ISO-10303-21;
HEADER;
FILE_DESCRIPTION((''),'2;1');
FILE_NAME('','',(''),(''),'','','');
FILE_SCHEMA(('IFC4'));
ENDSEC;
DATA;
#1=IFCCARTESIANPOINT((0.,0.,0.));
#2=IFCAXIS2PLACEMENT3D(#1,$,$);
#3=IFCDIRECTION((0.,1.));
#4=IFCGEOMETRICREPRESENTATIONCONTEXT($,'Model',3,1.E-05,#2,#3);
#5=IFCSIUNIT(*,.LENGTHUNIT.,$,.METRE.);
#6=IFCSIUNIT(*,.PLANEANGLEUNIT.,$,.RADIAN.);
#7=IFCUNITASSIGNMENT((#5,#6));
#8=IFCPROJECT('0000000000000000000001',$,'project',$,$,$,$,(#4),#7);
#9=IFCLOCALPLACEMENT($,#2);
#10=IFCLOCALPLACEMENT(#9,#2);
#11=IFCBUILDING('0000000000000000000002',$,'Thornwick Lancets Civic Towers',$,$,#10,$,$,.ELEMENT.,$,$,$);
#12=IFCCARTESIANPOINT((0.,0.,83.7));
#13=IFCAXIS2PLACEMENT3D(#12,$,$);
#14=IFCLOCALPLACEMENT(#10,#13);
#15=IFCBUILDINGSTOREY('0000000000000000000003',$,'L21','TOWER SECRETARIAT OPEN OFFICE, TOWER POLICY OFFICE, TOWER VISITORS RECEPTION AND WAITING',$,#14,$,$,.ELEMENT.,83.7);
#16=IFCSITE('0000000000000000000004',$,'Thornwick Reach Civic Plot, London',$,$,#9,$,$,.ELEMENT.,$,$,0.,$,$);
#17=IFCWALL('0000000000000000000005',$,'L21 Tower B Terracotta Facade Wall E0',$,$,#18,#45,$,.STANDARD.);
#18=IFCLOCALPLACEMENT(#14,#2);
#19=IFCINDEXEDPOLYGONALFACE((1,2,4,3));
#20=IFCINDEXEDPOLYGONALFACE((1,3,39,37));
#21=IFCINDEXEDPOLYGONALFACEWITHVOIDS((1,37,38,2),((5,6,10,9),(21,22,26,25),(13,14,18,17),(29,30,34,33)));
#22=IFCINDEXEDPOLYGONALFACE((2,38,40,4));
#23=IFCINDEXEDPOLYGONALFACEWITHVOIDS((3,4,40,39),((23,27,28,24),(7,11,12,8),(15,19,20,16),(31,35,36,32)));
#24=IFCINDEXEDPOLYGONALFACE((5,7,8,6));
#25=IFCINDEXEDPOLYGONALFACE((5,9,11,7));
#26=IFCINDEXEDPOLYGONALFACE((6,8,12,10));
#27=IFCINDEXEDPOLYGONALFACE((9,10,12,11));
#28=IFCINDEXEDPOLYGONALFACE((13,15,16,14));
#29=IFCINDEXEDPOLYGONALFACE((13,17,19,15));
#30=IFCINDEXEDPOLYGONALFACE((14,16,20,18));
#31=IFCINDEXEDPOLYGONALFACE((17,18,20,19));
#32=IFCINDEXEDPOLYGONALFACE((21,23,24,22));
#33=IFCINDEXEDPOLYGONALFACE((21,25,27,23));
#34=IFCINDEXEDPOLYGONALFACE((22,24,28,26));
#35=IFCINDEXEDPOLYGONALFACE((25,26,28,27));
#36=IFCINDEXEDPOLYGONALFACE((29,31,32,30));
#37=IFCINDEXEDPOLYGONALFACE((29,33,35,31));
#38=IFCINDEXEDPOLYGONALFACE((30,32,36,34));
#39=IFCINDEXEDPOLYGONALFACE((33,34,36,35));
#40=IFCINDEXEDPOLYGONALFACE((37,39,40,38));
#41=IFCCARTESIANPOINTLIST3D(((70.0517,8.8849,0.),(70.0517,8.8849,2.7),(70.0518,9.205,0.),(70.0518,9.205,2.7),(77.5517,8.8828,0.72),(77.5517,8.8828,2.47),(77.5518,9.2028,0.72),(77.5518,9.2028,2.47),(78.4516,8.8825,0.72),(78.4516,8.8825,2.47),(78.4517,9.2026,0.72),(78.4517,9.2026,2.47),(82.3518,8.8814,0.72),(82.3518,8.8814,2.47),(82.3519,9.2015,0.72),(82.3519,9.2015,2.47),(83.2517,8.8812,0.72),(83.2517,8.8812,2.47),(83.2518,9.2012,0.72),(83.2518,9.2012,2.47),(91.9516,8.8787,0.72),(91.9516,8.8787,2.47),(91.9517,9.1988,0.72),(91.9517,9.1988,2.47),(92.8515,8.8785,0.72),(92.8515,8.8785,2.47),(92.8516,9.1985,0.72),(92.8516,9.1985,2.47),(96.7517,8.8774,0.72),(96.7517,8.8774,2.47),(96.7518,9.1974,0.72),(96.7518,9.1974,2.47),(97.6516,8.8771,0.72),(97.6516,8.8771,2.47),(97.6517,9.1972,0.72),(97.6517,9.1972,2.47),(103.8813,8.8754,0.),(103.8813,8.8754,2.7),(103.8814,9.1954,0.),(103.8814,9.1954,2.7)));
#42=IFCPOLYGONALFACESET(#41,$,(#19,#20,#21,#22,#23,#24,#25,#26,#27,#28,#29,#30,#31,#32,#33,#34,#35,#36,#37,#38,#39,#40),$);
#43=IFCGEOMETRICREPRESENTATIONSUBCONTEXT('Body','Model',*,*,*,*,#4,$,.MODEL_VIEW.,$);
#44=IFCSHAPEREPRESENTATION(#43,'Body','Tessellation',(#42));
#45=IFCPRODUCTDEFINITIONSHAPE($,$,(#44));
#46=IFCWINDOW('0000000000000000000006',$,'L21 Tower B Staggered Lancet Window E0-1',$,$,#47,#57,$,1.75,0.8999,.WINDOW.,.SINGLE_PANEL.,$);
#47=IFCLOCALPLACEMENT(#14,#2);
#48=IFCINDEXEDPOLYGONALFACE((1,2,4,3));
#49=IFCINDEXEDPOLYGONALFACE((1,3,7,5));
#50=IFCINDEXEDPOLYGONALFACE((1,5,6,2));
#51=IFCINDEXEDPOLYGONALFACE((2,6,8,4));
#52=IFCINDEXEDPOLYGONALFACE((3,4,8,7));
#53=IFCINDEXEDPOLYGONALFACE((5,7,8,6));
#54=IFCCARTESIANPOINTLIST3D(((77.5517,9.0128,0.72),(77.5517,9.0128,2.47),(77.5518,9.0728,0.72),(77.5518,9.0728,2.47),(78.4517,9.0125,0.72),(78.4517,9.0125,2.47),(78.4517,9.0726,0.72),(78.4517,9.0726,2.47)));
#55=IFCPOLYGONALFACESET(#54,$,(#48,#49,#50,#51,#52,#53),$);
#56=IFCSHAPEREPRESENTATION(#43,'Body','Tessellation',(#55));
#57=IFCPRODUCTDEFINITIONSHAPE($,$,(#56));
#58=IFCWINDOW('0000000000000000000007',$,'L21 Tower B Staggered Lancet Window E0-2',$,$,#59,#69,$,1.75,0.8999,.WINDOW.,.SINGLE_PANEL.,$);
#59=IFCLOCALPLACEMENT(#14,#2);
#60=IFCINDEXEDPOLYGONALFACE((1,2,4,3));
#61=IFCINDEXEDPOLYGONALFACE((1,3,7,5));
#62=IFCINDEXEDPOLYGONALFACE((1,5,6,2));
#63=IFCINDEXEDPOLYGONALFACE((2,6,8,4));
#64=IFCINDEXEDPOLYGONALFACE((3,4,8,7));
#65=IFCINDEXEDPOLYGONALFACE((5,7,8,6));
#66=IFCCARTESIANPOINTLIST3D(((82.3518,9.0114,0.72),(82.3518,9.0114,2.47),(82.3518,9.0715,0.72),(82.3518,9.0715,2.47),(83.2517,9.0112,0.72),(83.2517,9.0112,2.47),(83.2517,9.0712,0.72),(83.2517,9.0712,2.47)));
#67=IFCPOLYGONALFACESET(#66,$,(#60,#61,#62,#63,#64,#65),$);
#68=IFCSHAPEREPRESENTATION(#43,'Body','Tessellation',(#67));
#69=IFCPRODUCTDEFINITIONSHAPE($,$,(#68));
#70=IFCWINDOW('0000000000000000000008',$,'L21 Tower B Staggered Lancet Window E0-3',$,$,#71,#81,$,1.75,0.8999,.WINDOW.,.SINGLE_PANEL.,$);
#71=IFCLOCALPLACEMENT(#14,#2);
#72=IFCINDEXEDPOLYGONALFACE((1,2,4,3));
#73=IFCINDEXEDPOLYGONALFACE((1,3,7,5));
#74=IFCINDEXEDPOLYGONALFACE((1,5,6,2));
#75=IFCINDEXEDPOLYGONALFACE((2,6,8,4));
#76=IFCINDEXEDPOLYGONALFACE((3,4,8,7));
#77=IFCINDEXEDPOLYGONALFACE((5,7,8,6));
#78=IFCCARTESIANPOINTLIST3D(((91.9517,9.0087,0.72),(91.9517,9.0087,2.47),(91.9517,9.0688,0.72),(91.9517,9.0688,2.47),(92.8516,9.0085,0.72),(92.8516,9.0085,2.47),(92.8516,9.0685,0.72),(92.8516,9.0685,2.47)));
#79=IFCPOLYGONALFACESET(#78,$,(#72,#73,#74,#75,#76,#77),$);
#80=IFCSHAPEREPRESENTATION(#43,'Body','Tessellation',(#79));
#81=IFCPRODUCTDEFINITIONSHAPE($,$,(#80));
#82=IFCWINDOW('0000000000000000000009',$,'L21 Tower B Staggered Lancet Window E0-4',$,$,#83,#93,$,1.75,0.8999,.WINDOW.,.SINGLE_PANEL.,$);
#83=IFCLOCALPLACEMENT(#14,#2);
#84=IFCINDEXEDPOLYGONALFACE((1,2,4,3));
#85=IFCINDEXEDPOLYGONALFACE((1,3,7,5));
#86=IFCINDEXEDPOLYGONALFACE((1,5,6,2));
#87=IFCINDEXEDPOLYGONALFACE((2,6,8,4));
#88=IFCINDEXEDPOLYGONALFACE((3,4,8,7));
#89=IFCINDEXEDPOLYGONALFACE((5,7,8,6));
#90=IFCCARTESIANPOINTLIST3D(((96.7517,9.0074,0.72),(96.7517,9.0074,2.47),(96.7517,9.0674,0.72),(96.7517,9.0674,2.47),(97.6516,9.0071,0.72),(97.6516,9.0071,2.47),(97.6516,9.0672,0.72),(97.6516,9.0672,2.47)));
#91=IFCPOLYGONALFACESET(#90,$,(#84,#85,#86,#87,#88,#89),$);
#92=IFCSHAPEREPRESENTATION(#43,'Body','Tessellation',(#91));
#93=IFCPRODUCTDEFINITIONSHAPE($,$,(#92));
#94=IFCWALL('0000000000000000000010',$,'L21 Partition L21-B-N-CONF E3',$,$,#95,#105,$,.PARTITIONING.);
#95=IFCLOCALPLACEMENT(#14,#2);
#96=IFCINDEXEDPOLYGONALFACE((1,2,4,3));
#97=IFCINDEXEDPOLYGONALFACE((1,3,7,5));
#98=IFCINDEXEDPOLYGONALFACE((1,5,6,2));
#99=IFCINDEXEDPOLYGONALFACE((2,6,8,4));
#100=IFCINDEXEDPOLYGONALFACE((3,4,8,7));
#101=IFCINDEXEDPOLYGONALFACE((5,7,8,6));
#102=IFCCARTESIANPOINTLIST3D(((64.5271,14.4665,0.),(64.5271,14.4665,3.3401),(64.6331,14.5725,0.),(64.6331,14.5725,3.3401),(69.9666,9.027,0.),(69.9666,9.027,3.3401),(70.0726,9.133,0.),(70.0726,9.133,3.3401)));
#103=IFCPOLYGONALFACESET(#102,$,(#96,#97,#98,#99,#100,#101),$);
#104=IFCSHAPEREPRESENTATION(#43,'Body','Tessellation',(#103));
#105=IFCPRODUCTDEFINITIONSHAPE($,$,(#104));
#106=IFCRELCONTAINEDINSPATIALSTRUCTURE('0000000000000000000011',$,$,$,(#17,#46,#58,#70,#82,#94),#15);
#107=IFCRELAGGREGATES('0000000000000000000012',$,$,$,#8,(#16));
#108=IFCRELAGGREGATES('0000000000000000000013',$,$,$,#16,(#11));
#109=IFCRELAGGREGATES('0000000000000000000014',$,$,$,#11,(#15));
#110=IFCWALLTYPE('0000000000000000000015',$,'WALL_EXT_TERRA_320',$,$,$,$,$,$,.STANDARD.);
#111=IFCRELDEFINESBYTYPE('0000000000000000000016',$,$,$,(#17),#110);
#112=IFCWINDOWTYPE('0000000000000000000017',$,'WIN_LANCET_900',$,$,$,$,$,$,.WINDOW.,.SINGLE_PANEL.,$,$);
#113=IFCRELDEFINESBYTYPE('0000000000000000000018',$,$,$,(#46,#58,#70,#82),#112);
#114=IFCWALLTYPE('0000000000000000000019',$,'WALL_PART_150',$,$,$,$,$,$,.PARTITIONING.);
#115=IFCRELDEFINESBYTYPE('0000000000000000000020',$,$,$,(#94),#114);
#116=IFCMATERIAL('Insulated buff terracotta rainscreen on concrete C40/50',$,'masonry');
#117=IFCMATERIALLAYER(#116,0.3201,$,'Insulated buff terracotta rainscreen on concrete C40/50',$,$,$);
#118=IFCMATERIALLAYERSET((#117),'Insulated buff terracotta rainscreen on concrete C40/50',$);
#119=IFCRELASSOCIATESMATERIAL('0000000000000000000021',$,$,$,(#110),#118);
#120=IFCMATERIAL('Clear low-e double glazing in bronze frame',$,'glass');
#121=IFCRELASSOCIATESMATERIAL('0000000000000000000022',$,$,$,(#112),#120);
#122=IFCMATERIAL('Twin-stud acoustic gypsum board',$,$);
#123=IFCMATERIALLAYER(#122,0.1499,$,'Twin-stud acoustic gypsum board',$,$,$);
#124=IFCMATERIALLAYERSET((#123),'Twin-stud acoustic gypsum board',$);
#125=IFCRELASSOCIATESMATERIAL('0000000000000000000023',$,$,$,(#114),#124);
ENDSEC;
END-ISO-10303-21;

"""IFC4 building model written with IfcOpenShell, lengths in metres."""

from ifc_helpers import new_model, si_unit, direction, frame, frame_2d, origin, place, context, subcontext, project, spatial, rectangle, extrude, material, layer, layer_set, type_object, element, fill, save


model = new_model("IFC4")

# Units and contexts
model_context = context("Model", 3, precision=1e-05, world=origin(), true_north=direction((0.0, 1.0)))
body_context = subcontext(model_context, "Body", "Model", "MODEL_VIEW")
ifc_project = project(units=[si_unit("LENGTHUNIT", "METRE"), si_unit("PLANEANGLEUNIT", "RADIAN")], contexts=[model_context])

# Site, building, storey
site_placement = place(None, origin())
site = spatial("IfcSite", under=ifc_project, at=site_placement, Name="Thornwick Reach Civic Plot, London", CompositionType="ELEMENT", RefElevation=0.0)
building_placement = place(site_placement, origin())
building = spatial("IfcBuilding", under=site, at=building_placement, Name="Thornwick Lancets Civic Towers", CompositionType="ELEMENT")
storey_placement = place(building_placement, frame((0.0, 0.0, 83.7)))
storey = spatial("IfcBuildingStorey", under=building, at=storey_placement, Name="L21", Description="TOWER SECRETARIAT OPEN OFFICE, TOWER POLICY OFFICE, TOWER VISITORS RECEPTION AND WAITING", CompositionType="ELEMENT", Elevation=83.7)

# Wall, openings, windows
ifc_material_1 = material(Name="Insulated buff terracotta rainscreen on concrete C40/50", Category="masonry")
ifc_layer_1 = layer(ifc_material_1, 0.3201, Name="Insulated buff terracotta rainscreen on concrete C40/50")
ifc_layer_set_1 = layer_set([ifc_layer_1], Name="Insulated buff terracotta rainscreen on concrete C40/50")
wall_type_1 = type_object("IfcWallType", Name="WALL_EXT_TERRA_320", PredefinedType="STANDARD", material=ifc_layer_set_1)
ifc_material_2 = material(Name="Clear low-e double glazing in bronze frame", Category="glass")
window_type = type_object("IfcWindowType", Name="WIN_LANCET_900", PartitioningType="SINGLE_PANEL", PredefinedType="WINDOW", material=ifc_material_2)
wall_1_placement = place(storey_placement, frame((70.0518, 9.0449, 0.0), z_axis=(0.0, 0.0, 1.0), x_axis=(1.0, -0.000281, 0.0)))
wall_1 = element("IfcWall", 1, at=wall_1_placement, inside=storey, type_object=wall_type_1, Name="L21 Tower B Terracotta Facade Wall E0", PredefinedType="STANDARD", context=body_context, shape_type="SweptSolid", body=[
    extrude(rectangle(XDim=33.8296, YDim=0.3201, at=frame_2d((16.9148, 0.0))), origin(), (0.0, 0.0, 1.0), 2.7),
])
opening_1_placement = place(wall_1_placement, frame((7.5, 0.0, 0.72)))
opening_1 = element("IfcOpeningElement", 2, at=opening_1_placement, cuts=wall_1, PredefinedType="OPENING", context=body_context, shape_type="SweptSolid", body=[
    extrude(rectangle(XDim=0.8999, YDim=1.75, at=frame_2d((0.45, 0.875))), frame((0.0, 0.1699, 0.0), z_axis=(0.0, -1.0, 0.0), x_axis=(1.0, 0.0, 0.0)), (0.0, 0.0, 1.0), 0.3401),
])
opening_2_placement = place(wall_1_placement, frame((12.3, 0.0, 0.72)))
opening_2 = element("IfcOpeningElement", 3, at=opening_2_placement, cuts=wall_1, PredefinedType="OPENING", context=body_context, shape_type="SweptSolid", body=[
    extrude(rectangle(XDim=0.8999, YDim=1.75, at=frame_2d((0.45, 0.875))), frame((0.0, 0.1699, 0.0), z_axis=(0.0, -1.0, 0.0), x_axis=(1.0, 0.0, 0.0)), (0.0, 0.0, 1.0), 0.3401),
])
opening_3_placement = place(wall_1_placement, frame((21.8999, 0.0, 0.72)))
opening_3 = element("IfcOpeningElement", 4, at=opening_3_placement, cuts=wall_1, PredefinedType="OPENING", context=body_context, shape_type="SweptSolid", body=[
    extrude(rectangle(XDim=0.8999, YDim=1.75, at=frame_2d((0.45, 0.875))), frame((0.0, 0.1699, 0.0), z_axis=(0.0, -1.0, 0.0), x_axis=(1.0, 0.0, 0.0)), (0.0, 0.0, 1.0), 0.3401),
])
opening_4_placement = place(wall_1_placement, frame((26.7, 0.0, 0.72)))
opening_4 = element("IfcOpeningElement", 5, at=opening_4_placement, cuts=wall_1, PredefinedType="OPENING", context=body_context, shape_type="SweptSolid", body=[
    extrude(rectangle(XDim=0.8999, YDim=1.75, at=frame_2d((0.45, 0.875))), frame((0.0, 0.1699, 0.0), z_axis=(0.0, -1.0, 0.0), x_axis=(1.0, 0.0, 0.0)), (0.0, 0.0, 1.0), 0.3401),
])
window_1_placement = place(opening_1_placement, origin())
window_1 = element("IfcWindow", 6, at=window_1_placement, inside=storey, type_object=window_type, Name="L21 Tower B Staggered Lancet Window E0-1", OverallHeight=1.75, OverallWidth=0.8999, PartitioningType="SINGLE_PANEL", PredefinedType="WINDOW", context=body_context, shape_type="SweptSolid", body=[
    extrude(rectangle(XDim=0.8999, YDim=1.75, at=frame_2d((0.45, 0.875))), frame((0.0, 0.03, 0.0), z_axis=(0.0, -1.0, 0.0), x_axis=(1.0, 0.0, 0.0)), (0.0, 0.0, 1.0), 0.0601),
])
fill(opening_1, window_1)
window_2_placement = place(opening_2_placement, origin())
window_2 = element("IfcWindow", 7, at=window_2_placement, inside=storey, type_object=window_type, Name="L21 Tower B Staggered Lancet Window E0-2", OverallHeight=1.75, OverallWidth=0.8999, PartitioningType="SINGLE_PANEL", PredefinedType="WINDOW", context=body_context, shape_type="SweptSolid", body=[
    extrude(rectangle(XDim=0.8999, YDim=1.75, at=frame_2d((0.45, 0.875))), frame((0.0, 0.03, 0.0), z_axis=(0.0, -1.0, 0.0), x_axis=(1.0, 0.0, 0.0)), (0.0, 0.0, 1.0), 0.0601),
])
fill(opening_2, window_2)
window_3_placement = place(opening_3_placement, origin())
window_3 = element("IfcWindow", 8, at=window_3_placement, inside=storey, type_object=window_type, Name="L21 Tower B Staggered Lancet Window E0-3", OverallHeight=1.75, OverallWidth=0.8999, PartitioningType="SINGLE_PANEL", PredefinedType="WINDOW", context=body_context, shape_type="SweptSolid", body=[
    extrude(rectangle(XDim=0.8999, YDim=1.75, at=frame_2d((0.45, 0.875))), frame((0.0, 0.03, 0.0), z_axis=(0.0, -1.0, 0.0), x_axis=(1.0, 0.0, 0.0)), (0.0, 0.0, 1.0), 0.0601),
])
fill(opening_3, window_3)
window_4_placement = place(opening_4_placement, origin())
window_4 = element("IfcWindow", 9, at=window_4_placement, inside=storey, type_object=window_type, Name="L21 Tower B Staggered Lancet Window E0-4", OverallHeight=1.75, OverallWidth=0.8999, PartitioningType="SINGLE_PANEL", PredefinedType="WINDOW", context=body_context, shape_type="SweptSolid", body=[
    extrude(rectangle(XDim=0.8999, YDim=1.75, at=frame_2d((0.45, 0.875))), frame((0.0, 0.03, 0.0), z_axis=(0.0, -1.0, 0.0), x_axis=(1.0, 0.0, 0.0)), (0.0, 0.0, 1.0), 0.0601),
])
fill(opening_4, window_4)

# Wall
ifc_material_3 = material(Name="Twin-stud acoustic gypsum board")
ifc_layer_2 = layer(ifc_material_3, 0.1499, Name="Twin-stud acoustic gypsum board")
ifc_layer_set_2 = layer_set([ifc_layer_2], Name="Twin-stud acoustic gypsum board")
wall_type_2 = type_object("IfcWallType", Name="WALL_PART_150", PredefinedType="PARTITIONING", material=ifc_layer_set_2)
wall_2_placement = place(storey_placement, frame((70.0195, 9.0801, 0.0), z_axis=(0.0, 0.0, 1.0), x_axis=(-0.707107, 0.707107, 0.0)))
element("IfcWall", 10, at=wall_2_placement, inside=storey, type_object=wall_type_2, Name="L21 Partition L21-B-N-CONF E3", PredefinedType="PARTITIONING", context=body_context, shape_type="SweptSolid", body=[
    extrude(rectangle(XDim=7.6926, YDim=0.1499, at=frame_2d((3.8462, 0.0))), origin(), (0.0, 0.0, 1.0), 3.3401),
])

save(model, "model.ifc")
